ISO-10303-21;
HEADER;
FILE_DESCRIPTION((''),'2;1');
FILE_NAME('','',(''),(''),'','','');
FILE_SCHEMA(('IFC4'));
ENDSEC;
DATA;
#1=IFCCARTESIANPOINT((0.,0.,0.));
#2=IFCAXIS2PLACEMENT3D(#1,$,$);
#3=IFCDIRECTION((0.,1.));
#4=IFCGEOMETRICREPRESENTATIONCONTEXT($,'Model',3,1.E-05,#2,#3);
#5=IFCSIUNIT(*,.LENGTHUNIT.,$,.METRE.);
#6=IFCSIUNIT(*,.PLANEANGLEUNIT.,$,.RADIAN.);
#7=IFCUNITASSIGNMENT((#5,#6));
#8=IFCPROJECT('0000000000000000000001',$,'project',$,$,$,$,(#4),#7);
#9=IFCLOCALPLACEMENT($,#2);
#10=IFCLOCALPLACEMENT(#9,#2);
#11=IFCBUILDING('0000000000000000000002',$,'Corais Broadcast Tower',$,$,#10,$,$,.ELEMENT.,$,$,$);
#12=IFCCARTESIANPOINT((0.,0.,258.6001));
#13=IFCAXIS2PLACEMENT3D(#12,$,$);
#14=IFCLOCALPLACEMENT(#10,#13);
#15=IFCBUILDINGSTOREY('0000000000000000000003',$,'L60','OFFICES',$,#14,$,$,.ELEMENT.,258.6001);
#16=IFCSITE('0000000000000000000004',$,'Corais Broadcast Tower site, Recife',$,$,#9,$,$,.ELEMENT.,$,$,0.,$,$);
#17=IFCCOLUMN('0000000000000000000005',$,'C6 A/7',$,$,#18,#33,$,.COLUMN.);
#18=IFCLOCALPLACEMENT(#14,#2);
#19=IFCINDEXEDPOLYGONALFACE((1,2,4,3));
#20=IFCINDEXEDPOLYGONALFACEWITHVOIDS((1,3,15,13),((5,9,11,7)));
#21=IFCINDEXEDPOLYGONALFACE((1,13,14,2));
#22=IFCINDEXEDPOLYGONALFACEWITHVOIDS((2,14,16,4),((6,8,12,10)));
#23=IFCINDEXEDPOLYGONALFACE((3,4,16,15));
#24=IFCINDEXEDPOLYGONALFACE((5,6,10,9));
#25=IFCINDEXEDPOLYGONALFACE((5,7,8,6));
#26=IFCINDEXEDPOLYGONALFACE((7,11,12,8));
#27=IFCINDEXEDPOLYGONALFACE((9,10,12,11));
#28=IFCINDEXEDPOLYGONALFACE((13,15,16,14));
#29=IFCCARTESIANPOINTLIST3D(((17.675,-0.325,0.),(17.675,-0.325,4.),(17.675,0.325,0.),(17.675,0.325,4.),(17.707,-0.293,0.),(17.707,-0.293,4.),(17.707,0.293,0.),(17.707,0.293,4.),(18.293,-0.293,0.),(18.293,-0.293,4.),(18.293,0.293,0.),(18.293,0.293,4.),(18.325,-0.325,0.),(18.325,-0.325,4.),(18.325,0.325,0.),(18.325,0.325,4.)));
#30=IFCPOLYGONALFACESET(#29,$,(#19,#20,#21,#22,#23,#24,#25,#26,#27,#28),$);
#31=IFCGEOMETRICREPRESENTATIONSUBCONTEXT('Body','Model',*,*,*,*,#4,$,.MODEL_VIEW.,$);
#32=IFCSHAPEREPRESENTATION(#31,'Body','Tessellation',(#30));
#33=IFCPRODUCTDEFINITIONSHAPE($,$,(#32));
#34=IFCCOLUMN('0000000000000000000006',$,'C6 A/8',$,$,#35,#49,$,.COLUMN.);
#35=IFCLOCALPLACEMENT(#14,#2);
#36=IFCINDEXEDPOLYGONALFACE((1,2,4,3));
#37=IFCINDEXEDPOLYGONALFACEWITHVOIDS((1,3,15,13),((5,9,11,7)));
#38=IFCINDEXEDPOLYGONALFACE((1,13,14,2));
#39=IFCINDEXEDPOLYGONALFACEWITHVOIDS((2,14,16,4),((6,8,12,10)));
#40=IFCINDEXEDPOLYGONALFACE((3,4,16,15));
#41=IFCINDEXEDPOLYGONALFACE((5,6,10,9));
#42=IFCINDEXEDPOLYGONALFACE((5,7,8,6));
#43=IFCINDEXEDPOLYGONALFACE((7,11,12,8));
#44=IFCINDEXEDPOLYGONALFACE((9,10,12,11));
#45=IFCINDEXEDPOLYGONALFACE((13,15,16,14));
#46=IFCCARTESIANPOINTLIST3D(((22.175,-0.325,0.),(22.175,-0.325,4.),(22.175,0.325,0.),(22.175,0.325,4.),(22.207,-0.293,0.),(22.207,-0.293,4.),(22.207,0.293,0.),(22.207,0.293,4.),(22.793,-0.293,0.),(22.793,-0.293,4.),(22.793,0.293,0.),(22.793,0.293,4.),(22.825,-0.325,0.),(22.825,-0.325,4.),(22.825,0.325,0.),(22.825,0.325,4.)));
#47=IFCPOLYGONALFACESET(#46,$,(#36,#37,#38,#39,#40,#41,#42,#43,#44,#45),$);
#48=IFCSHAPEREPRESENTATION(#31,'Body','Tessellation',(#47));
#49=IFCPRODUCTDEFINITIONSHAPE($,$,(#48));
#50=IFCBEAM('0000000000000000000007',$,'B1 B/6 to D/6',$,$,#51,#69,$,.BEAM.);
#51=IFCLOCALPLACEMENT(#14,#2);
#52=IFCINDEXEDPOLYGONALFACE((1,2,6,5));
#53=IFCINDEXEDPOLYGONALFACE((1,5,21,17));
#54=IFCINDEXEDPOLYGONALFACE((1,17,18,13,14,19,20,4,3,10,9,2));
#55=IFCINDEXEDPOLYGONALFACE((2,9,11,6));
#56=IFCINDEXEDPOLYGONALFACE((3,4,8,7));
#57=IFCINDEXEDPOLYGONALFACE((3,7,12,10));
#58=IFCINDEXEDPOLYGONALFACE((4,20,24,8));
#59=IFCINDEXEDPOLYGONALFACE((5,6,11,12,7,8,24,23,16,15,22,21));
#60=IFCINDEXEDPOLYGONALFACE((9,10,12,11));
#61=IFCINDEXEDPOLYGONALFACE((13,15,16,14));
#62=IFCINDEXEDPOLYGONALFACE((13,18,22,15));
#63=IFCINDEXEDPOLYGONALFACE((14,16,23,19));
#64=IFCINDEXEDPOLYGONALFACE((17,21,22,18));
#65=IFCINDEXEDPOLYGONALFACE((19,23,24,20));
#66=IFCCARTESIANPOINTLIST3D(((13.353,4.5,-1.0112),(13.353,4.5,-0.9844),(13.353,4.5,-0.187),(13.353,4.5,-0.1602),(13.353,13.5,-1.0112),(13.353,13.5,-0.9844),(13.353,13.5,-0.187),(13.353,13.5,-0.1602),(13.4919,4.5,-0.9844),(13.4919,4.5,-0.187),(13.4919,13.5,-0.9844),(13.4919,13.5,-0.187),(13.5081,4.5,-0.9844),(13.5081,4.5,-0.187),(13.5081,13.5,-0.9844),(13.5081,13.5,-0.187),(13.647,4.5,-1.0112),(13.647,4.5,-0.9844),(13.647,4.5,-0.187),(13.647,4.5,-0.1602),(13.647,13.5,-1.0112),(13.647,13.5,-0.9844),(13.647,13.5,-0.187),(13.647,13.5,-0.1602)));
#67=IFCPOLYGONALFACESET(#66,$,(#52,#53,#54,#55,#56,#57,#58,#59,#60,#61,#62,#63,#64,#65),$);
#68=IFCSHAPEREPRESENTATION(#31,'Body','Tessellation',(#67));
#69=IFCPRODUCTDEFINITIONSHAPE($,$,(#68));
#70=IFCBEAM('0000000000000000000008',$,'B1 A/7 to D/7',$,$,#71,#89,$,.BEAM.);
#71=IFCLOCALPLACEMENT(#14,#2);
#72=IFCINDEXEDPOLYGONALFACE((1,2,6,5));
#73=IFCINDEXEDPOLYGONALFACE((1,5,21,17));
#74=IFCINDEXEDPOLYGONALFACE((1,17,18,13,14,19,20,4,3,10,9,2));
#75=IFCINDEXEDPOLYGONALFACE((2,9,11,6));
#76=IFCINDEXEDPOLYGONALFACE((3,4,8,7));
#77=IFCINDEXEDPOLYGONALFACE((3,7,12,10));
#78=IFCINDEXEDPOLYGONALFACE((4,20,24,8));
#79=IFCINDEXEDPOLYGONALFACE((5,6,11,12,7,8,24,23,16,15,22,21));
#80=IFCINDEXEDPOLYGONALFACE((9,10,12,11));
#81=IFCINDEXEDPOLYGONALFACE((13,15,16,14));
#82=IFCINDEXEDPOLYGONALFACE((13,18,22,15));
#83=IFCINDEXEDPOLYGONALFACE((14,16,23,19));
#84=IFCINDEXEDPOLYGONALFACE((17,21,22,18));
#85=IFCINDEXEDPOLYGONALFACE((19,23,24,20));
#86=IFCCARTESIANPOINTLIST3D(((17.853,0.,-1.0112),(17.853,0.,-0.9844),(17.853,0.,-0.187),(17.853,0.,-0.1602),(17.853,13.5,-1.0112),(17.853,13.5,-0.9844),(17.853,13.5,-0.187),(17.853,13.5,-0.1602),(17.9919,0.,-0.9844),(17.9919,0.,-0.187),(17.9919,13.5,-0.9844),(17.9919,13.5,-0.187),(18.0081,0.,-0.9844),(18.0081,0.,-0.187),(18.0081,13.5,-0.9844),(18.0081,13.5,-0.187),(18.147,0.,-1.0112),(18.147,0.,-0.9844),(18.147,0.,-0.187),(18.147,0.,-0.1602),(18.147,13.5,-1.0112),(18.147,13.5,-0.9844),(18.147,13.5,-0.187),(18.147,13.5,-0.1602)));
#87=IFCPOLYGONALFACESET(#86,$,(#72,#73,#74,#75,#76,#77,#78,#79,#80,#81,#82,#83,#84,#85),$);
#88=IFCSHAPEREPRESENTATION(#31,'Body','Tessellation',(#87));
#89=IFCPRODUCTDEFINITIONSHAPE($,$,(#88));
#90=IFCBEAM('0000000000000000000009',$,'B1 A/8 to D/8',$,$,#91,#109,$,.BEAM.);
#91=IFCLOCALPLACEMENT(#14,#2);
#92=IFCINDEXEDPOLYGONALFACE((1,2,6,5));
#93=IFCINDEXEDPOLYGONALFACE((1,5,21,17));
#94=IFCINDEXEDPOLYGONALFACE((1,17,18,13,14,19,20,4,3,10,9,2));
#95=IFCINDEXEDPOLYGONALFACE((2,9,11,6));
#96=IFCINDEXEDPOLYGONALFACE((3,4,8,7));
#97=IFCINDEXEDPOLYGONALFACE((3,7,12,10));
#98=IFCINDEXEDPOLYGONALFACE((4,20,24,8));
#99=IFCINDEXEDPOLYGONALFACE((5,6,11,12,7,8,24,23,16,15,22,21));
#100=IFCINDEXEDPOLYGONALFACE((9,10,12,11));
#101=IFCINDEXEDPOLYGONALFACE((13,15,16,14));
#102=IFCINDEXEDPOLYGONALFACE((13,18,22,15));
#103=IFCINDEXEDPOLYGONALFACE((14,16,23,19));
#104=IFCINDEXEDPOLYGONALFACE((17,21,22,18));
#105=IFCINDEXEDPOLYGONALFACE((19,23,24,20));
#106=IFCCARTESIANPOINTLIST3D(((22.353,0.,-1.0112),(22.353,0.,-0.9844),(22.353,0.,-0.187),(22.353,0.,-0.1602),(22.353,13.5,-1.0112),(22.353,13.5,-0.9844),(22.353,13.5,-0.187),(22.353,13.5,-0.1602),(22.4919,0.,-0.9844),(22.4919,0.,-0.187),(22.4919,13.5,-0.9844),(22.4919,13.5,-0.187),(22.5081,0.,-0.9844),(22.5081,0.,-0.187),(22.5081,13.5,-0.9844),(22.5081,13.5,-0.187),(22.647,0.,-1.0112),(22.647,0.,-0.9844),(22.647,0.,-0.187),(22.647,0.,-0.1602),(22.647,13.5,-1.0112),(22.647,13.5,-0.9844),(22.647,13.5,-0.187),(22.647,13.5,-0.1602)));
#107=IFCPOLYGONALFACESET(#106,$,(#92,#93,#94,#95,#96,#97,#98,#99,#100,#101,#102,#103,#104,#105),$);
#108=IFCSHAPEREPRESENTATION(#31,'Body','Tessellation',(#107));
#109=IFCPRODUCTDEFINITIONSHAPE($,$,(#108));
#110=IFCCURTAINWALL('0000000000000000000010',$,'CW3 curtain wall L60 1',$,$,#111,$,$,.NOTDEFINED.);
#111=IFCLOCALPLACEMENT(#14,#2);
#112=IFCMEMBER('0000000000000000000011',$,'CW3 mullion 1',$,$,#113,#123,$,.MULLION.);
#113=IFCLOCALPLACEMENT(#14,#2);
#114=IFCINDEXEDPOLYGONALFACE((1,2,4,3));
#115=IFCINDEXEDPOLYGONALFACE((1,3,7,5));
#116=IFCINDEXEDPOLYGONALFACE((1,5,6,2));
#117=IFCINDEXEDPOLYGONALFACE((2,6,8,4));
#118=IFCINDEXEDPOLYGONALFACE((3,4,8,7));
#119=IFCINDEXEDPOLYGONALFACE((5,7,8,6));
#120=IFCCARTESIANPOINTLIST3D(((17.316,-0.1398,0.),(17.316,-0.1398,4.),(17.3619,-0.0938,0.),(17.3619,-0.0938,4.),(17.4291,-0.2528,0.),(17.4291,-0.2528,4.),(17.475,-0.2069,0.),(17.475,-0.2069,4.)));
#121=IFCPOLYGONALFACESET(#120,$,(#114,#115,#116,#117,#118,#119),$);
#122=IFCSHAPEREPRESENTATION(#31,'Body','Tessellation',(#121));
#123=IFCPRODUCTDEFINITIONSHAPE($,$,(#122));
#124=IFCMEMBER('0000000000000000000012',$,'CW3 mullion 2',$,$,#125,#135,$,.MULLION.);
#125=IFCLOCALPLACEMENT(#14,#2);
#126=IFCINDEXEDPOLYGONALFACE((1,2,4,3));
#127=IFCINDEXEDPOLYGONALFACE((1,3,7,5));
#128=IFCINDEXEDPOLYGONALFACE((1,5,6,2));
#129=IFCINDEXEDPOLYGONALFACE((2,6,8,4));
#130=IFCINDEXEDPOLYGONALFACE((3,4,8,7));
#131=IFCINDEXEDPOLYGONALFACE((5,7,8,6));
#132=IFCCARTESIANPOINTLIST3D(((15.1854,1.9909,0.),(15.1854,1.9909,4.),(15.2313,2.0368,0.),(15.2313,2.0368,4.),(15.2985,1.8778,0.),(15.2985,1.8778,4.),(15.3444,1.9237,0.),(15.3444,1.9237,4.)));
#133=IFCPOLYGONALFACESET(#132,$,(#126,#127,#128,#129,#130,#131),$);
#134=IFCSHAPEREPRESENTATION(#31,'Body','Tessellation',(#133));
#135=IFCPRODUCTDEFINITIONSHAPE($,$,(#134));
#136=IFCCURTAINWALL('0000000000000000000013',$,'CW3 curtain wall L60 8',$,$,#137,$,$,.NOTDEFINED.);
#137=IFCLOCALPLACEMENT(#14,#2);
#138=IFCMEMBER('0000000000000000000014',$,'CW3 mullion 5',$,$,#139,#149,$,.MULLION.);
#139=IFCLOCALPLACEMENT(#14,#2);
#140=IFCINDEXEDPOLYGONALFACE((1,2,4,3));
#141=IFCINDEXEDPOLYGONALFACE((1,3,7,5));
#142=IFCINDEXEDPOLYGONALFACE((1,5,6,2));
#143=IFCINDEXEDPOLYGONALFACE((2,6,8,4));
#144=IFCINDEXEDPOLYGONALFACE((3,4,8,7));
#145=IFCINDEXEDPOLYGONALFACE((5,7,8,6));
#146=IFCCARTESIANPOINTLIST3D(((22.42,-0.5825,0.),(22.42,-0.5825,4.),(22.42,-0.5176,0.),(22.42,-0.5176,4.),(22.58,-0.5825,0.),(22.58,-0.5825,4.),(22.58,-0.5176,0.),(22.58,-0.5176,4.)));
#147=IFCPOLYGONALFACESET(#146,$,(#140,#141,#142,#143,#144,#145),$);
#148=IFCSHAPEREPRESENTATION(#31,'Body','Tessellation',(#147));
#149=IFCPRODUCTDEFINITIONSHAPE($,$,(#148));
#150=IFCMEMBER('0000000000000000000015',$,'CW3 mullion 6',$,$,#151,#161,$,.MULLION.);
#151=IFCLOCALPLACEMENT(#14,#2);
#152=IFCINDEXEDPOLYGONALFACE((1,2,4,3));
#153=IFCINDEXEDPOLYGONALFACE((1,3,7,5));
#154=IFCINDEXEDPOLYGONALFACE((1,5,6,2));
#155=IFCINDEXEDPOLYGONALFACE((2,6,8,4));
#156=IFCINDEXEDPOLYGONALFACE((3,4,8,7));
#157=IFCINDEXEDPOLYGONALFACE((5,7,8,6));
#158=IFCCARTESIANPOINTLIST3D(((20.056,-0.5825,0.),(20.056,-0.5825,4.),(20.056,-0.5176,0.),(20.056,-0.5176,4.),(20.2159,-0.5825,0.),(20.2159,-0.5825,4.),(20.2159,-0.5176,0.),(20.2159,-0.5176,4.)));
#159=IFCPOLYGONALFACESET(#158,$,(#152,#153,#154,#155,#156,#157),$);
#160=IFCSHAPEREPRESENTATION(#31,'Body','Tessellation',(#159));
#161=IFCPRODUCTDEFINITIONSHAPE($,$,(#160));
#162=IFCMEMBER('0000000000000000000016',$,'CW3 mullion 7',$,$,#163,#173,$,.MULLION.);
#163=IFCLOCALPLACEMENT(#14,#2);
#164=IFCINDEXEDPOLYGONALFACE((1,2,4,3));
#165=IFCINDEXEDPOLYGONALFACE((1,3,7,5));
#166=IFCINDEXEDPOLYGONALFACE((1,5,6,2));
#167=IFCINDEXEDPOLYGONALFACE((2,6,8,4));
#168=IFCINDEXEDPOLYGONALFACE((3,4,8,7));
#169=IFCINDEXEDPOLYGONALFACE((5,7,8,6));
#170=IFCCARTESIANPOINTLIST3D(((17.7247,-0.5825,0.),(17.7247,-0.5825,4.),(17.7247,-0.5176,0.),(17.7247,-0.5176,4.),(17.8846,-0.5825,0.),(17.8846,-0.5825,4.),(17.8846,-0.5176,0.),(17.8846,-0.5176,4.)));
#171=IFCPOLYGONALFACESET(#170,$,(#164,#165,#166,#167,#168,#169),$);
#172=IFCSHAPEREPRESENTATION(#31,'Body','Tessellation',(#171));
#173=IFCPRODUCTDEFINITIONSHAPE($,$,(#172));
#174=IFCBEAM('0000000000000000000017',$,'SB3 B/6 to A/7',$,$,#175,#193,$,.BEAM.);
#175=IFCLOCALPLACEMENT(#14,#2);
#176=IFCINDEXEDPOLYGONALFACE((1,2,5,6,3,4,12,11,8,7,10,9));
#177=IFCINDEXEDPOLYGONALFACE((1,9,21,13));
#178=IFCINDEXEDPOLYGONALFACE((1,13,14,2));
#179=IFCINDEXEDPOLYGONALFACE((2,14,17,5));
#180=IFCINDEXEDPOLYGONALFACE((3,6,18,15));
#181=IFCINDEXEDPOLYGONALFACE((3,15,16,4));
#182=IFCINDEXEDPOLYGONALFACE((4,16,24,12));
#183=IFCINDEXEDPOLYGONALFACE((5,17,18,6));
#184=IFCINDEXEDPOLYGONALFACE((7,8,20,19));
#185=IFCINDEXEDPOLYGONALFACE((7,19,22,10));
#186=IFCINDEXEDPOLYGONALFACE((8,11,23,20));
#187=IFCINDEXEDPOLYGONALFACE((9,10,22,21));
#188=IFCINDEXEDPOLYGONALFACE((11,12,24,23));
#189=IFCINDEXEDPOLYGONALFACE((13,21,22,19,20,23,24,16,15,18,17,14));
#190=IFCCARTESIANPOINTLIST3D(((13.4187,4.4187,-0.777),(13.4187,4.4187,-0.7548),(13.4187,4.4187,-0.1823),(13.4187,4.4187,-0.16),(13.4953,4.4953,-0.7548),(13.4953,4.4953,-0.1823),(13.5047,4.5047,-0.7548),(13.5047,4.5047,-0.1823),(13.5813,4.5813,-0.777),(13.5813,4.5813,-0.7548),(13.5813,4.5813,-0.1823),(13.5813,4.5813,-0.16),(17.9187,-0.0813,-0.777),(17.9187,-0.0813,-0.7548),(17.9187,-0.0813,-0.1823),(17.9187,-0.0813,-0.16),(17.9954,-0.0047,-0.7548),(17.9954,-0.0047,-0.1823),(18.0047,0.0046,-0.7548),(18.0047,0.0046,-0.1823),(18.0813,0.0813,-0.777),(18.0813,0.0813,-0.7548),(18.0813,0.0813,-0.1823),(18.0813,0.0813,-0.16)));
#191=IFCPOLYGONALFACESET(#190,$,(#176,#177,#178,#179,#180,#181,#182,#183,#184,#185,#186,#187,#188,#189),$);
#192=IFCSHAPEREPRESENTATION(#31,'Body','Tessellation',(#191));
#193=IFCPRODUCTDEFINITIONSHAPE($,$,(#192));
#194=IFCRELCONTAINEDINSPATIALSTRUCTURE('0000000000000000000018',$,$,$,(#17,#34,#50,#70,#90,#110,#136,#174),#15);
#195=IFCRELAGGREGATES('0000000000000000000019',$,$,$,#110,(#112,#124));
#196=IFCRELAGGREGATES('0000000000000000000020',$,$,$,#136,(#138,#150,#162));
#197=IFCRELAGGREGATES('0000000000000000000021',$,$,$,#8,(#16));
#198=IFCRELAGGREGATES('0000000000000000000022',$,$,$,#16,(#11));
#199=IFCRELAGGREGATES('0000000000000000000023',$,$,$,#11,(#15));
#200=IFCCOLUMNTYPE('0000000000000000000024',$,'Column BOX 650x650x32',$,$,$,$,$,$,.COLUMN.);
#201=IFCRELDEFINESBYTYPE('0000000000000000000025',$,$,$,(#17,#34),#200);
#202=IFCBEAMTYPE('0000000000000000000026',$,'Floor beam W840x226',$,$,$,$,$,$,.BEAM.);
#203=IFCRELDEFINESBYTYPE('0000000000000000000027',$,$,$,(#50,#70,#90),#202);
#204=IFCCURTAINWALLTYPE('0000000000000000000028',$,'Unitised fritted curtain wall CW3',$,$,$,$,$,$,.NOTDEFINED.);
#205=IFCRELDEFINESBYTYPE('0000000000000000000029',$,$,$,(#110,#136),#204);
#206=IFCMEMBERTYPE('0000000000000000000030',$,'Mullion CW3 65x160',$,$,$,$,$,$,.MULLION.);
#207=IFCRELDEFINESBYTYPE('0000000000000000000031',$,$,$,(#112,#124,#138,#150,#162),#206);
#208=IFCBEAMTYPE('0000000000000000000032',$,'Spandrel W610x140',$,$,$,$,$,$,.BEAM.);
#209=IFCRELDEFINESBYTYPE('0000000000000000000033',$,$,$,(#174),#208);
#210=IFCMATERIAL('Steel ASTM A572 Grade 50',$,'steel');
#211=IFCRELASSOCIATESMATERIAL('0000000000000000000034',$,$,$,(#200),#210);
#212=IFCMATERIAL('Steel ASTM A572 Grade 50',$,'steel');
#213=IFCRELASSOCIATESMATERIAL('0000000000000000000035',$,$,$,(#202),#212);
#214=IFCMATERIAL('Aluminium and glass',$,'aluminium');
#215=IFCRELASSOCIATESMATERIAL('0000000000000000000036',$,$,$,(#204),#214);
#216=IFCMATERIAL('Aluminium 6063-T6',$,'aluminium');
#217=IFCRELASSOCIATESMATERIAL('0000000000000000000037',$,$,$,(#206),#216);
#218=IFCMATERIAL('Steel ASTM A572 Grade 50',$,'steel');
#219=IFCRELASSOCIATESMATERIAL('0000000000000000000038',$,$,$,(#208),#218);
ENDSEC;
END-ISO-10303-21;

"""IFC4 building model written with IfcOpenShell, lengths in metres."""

from ifc_helpers import new_model, si_unit, direction, frame, origin, origin_2d, place, context, subcontext, project, spatial, rectangle, hollow_rectangle, i_section, extrude, material, material_profile, profile_set, type_object, element, aggregate, save


model = new_model("IFC4")

# Units and contexts
model_context = context("Model", 3, precision=1e-05, world=origin(), true_north=direction((0.0, 1.0)))
body_context = subcontext(model_context, "Body", "Model", "MODEL_VIEW")
ifc_project = project(units=[si_unit("LENGTHUNIT", "METRE"), si_unit("PLANEANGLEUNIT", "RADIAN")], contexts=[model_context])

# Site, building, storey
site_placement = place(None, origin())
site = spatial("IfcSite", under=ifc_project, at=site_placement, Name="Corais Broadcast Tower site, Recife", CompositionType="ELEMENT", RefElevation=0.0)
building_placement = place(site_placement, origin())
building = spatial("IfcBuilding", under=site, at=building_placement, Name="Corais Broadcast Tower", CompositionType="ELEMENT")
storey_placement = place(building_placement, frame((0.0, 0.0, 258.6001)))
storey = spatial("IfcBuildingStorey", under=building, at=storey_placement, Name="L60", Description="OFFICES", CompositionType="ELEMENT", Elevation=258.6001)

# Columns
ifc_material_1 = material(Name="Steel ASTM A572 Grade 50", Category="steel")
ifc_material_profile_1 = material_profile(ifc_material_1, hollow_rectangle(XDim=0.6499, YDim=0.6499, WallThickness=0.032, at=origin_2d()), Name="BOX 650x650x32")
ifc_profile_set_1 = profile_set([ifc_material_profile_1], Name="Steel ASTM A572 Grade 50")
column_type = type_object("IfcColumnType", Name="Column BOX 650x650x32", PredefinedType="COLUMN", material=ifc_profile_set_1)
for number, where, z_axis, x_axis, name in (
    (1, (18.0, 0.0, 0.0), (0.0, 0.0, 1.0), (1.0, 0.0, 0.0), "C6 A/7"),
    (2, (22.5, 0.0, 0.0), (0.0, 0.0, 1.0), (1.0, 0.0, 0.0), "C6 A/8"),
):
    element("IfcColumn", number, at=place(storey_placement, frame(where, z_axis=z_axis, x_axis=x_axis)), inside=storey, type_object=column_type, Name=name, PredefinedType="COLUMN", context=body_context, shape_type="SweptSolid", body=[
        extrude(hollow_rectangle(XDim=0.6499, YDim=0.6499, WallThickness=0.032, at=origin_2d()), origin(), (0.0, 0.0, 1.0), 4.0),
    ])

# Beams
ifc_material_2 = material(Name="Steel ASTM A572 Grade 50", Category="steel")
ifc_material_profile_2 = material_profile(ifc_material_2, i_section(OverallWidth=0.2939, OverallDepth=0.8511, WebThickness=0.0161, FlangeThickness=0.0269, at=origin_2d()), Name="W840x226")
ifc_profile_set_2 = profile_set([ifc_material_profile_2], Name="Steel ASTM A572 Grade 50")
beam_type_1 = type_object("IfcBeamType", Name="Floor beam W840x226", PredefinedType="BEAM", material=ifc_profile_set_2)
beam_1_placement = place(storey_placement, frame((13.5, 4.5, -0.5857), z_axis=(0.0, 1.0, 0.0), x_axis=(-1.0, 0.0, 0.0)))
element("IfcBeam", 3, at=beam_1_placement, inside=storey, type_object=beam_type_1, Name="B1 B/6 to D/6", PredefinedType="BEAM", context=body_context, shape_type="SweptSolid", body=[
    extrude(i_section(OverallWidth=0.2939, OverallDepth=0.8511, WebThickness=0.0161, FlangeThickness=0.0269, at=origin_2d()), origin(), (0.0, 0.0, 1.0), 9.0),
])
for number, where, z_axis, x_axis, name in (
    (4, (18.0, 0.0, -0.5857), (0.0, 1.0, 0.0), (-1.0, 0.0, 0.0), "B1 A/7 to D/7"),
    (5, (22.5, 0.0, -0.5857), (0.0, 1.0, 0.0), (-1.0, 0.0, 0.0), "B1 A/8 to D/8"),
):
    element("IfcBeam", number, at=place(storey_placement, frame(where, z_axis=z_axis, x_axis=x_axis)), inside=storey, type_object=beam_type_1, Name=name, PredefinedType="BEAM", context=body_context, shape_type="SweptSolid", body=[
        extrude(i_section(OverallWidth=0.2939, OverallDepth=0.8511, WebThickness=0.0161, FlangeThickness=0.0269, at=origin_2d()), origin(), (0.0, 0.0, 1.0), 13.5),
    ])

# Curtain walls, members
ifc_material_3 = material(Name="Aluminium and glass", Category="aluminium")
curtain_wall_type = type_object("IfcCurtainWallType", Name="Unitised fritted curtain wall CW3", PredefinedType="NOTDEFINED", material=ifc_material_3)
curtain_wall_1_placement = place(storey_placement, origin())
curtain_wall_1 = element("IfcCurtainWall", 6, at=curtain_wall_1_placement, inside=storey, type_object=curtain_wall_type, Name="CW3 curtain wall L60 1", PredefinedType="NOTDEFINED")
ifc_material_4 = material(Name="Aluminium 6063-T6", Category="aluminium")
ifc_material_profile_3 = material_profile(ifc_material_4, rectangle(XDim=0.0649, YDim=0.1599, at=origin_2d()), Name="Mullion CW3 65x160")
ifc_profile_set_3 = profile_set([ifc_material_profile_3], Name="Aluminium 6063-T6")
member_type_1 = type_object("IfcMemberType", Name="Mullion CW3 65x160", PredefinedType="MULLION", material=ifc_profile_set_3)
member_1_placement = place(storey_placement, frame((17.3955, -0.1733, 0.0), z_axis=(0.0, 0.0, 1.0), x_axis=(-0.707107, -0.707107, 0.0)))
member_1 = element("IfcMember", 7, at=member_1_placement, type_object=member_type_1, Name="CW3 mullion 1", PredefinedType="MULLION", context=body_context, shape_type="SweptSolid", body=[
    extrude(rectangle(XDim=0.0649, YDim=0.1599, at=origin_2d()), origin(), (0.0, 0.0, 1.0), 4.0),
])
member_2_placement = place(storey_placement, frame((15.2649, 1.9573, 0.0), z_axis=(0.0, 0.0, 1.0), x_axis=(-0.707107, -0.707107, 0.0)))
member_2 = element("IfcMember", 8, at=member_2_placement, type_object=member_type_1, Name="CW3 mullion 2", PredefinedType="MULLION", context=body_context, shape_type="SweptSolid", body=[
    extrude(rectangle(XDim=0.0649, YDim=0.1599, at=origin_2d()), origin(), (0.0, 0.0, 1.0), 4.0),
])
curtain_wall_2_placement = place(storey_placement, origin())
curtain_wall_2 = element("IfcCurtainWall", 9, at=curtain_wall_2_placement, inside=storey, type_object=curtain_wall_type, Name="CW3 curtain wall L60 8", PredefinedType="NOTDEFINED")
member_3_placement = place(storey_placement, frame((22.5, -0.55, 0.0), z_axis=(0.0, 0.0, 1.0), x_axis=(0.0, -1.0, 0.0)))
member_3 = element("IfcMember", 10, at=member_3_placement, type_object=member_type_1, Name="CW3 mullion 5", PredefinedType="MULLION", context=body_context, shape_type="SweptSolid", body=[
    extrude(rectangle(XDim=0.0649, YDim=0.1599, at=origin_2d()), origin(), (0.0, 0.0, 1.0), 4.0),
])
member_4_placement = place(storey_placement, frame((20.136, -0.55, 0.0), z_axis=(0.0, 0.0, 1.0), x_axis=(0.0, -1.0, 0.0)))
member_4 = element("IfcMember", 11, at=member_4_placement, type_object=member_type_1, Name="CW3 mullion 6", PredefinedType="MULLION", context=body_context, shape_type="SweptSolid", body=[
    extrude(rectangle(XDim=0.0649, YDim=0.1599, at=origin_2d()), origin(), (0.0, 0.0, 1.0), 4.0),
])
member_5_placement = place(storey_placement, frame((17.8047, -0.55, 0.0), z_axis=(0.0, 0.0, 1.0), x_axis=(0.0, -1.0, 0.0)))
member_5 = element("IfcMember", 12, at=member_5_placement, type_object=member_type_1, Name="CW3 mullion 7", PredefinedType="MULLION", context=body_context, shape_type="SweptSolid", body=[
    extrude(rectangle(XDim=0.0649, YDim=0.1599, at=origin_2d()), origin(), (0.0, 0.0, 1.0), 4.0),
])

# Beam
ifc_material_5 = material(Name="Steel ASTM A572 Grade 50", Category="steel")
ifc_material_profile_4 = material_profile(ifc_material_5, i_section(OverallWidth=0.23, OverallDepth=0.6169, WebThickness=0.0132, FlangeThickness=0.0222, at=origin_2d()), Name="W610x140")
ifc_profile_set_4 = profile_set([ifc_material_profile_4], Name="Steel ASTM A572 Grade 50")
beam_type_2 = type_object("IfcBeamType", Name="Spandrel W610x140", PredefinedType="BEAM", material=ifc_profile_set_4)
beam_2_placement = place(storey_placement, frame((13.5, 4.5, -0.4685), z_axis=(0.707107, -0.707107, 0.0), x_axis=(0.707107, 0.707107, 0.0)))
element("IfcBeam", 13, at=beam_2_placement, inside=storey, type_object=beam_type_2, Name="SB3 B/6 to A/7", PredefinedType="BEAM", context=body_context, shape_type="SweptSolid", body=[
    extrude(i_section(OverallWidth=0.23, OverallDepth=0.6169, WebThickness=0.0132, FlangeThickness=0.0222, at=origin_2d()), origin(), (0.0, 0.0, 1.0), 6.364),
])

aggregate(curtain_wall_1, [member_1, member_2])
aggregate(curtain_wall_2, [member_3, member_4, member_5])

save(model, "model.ifc")
